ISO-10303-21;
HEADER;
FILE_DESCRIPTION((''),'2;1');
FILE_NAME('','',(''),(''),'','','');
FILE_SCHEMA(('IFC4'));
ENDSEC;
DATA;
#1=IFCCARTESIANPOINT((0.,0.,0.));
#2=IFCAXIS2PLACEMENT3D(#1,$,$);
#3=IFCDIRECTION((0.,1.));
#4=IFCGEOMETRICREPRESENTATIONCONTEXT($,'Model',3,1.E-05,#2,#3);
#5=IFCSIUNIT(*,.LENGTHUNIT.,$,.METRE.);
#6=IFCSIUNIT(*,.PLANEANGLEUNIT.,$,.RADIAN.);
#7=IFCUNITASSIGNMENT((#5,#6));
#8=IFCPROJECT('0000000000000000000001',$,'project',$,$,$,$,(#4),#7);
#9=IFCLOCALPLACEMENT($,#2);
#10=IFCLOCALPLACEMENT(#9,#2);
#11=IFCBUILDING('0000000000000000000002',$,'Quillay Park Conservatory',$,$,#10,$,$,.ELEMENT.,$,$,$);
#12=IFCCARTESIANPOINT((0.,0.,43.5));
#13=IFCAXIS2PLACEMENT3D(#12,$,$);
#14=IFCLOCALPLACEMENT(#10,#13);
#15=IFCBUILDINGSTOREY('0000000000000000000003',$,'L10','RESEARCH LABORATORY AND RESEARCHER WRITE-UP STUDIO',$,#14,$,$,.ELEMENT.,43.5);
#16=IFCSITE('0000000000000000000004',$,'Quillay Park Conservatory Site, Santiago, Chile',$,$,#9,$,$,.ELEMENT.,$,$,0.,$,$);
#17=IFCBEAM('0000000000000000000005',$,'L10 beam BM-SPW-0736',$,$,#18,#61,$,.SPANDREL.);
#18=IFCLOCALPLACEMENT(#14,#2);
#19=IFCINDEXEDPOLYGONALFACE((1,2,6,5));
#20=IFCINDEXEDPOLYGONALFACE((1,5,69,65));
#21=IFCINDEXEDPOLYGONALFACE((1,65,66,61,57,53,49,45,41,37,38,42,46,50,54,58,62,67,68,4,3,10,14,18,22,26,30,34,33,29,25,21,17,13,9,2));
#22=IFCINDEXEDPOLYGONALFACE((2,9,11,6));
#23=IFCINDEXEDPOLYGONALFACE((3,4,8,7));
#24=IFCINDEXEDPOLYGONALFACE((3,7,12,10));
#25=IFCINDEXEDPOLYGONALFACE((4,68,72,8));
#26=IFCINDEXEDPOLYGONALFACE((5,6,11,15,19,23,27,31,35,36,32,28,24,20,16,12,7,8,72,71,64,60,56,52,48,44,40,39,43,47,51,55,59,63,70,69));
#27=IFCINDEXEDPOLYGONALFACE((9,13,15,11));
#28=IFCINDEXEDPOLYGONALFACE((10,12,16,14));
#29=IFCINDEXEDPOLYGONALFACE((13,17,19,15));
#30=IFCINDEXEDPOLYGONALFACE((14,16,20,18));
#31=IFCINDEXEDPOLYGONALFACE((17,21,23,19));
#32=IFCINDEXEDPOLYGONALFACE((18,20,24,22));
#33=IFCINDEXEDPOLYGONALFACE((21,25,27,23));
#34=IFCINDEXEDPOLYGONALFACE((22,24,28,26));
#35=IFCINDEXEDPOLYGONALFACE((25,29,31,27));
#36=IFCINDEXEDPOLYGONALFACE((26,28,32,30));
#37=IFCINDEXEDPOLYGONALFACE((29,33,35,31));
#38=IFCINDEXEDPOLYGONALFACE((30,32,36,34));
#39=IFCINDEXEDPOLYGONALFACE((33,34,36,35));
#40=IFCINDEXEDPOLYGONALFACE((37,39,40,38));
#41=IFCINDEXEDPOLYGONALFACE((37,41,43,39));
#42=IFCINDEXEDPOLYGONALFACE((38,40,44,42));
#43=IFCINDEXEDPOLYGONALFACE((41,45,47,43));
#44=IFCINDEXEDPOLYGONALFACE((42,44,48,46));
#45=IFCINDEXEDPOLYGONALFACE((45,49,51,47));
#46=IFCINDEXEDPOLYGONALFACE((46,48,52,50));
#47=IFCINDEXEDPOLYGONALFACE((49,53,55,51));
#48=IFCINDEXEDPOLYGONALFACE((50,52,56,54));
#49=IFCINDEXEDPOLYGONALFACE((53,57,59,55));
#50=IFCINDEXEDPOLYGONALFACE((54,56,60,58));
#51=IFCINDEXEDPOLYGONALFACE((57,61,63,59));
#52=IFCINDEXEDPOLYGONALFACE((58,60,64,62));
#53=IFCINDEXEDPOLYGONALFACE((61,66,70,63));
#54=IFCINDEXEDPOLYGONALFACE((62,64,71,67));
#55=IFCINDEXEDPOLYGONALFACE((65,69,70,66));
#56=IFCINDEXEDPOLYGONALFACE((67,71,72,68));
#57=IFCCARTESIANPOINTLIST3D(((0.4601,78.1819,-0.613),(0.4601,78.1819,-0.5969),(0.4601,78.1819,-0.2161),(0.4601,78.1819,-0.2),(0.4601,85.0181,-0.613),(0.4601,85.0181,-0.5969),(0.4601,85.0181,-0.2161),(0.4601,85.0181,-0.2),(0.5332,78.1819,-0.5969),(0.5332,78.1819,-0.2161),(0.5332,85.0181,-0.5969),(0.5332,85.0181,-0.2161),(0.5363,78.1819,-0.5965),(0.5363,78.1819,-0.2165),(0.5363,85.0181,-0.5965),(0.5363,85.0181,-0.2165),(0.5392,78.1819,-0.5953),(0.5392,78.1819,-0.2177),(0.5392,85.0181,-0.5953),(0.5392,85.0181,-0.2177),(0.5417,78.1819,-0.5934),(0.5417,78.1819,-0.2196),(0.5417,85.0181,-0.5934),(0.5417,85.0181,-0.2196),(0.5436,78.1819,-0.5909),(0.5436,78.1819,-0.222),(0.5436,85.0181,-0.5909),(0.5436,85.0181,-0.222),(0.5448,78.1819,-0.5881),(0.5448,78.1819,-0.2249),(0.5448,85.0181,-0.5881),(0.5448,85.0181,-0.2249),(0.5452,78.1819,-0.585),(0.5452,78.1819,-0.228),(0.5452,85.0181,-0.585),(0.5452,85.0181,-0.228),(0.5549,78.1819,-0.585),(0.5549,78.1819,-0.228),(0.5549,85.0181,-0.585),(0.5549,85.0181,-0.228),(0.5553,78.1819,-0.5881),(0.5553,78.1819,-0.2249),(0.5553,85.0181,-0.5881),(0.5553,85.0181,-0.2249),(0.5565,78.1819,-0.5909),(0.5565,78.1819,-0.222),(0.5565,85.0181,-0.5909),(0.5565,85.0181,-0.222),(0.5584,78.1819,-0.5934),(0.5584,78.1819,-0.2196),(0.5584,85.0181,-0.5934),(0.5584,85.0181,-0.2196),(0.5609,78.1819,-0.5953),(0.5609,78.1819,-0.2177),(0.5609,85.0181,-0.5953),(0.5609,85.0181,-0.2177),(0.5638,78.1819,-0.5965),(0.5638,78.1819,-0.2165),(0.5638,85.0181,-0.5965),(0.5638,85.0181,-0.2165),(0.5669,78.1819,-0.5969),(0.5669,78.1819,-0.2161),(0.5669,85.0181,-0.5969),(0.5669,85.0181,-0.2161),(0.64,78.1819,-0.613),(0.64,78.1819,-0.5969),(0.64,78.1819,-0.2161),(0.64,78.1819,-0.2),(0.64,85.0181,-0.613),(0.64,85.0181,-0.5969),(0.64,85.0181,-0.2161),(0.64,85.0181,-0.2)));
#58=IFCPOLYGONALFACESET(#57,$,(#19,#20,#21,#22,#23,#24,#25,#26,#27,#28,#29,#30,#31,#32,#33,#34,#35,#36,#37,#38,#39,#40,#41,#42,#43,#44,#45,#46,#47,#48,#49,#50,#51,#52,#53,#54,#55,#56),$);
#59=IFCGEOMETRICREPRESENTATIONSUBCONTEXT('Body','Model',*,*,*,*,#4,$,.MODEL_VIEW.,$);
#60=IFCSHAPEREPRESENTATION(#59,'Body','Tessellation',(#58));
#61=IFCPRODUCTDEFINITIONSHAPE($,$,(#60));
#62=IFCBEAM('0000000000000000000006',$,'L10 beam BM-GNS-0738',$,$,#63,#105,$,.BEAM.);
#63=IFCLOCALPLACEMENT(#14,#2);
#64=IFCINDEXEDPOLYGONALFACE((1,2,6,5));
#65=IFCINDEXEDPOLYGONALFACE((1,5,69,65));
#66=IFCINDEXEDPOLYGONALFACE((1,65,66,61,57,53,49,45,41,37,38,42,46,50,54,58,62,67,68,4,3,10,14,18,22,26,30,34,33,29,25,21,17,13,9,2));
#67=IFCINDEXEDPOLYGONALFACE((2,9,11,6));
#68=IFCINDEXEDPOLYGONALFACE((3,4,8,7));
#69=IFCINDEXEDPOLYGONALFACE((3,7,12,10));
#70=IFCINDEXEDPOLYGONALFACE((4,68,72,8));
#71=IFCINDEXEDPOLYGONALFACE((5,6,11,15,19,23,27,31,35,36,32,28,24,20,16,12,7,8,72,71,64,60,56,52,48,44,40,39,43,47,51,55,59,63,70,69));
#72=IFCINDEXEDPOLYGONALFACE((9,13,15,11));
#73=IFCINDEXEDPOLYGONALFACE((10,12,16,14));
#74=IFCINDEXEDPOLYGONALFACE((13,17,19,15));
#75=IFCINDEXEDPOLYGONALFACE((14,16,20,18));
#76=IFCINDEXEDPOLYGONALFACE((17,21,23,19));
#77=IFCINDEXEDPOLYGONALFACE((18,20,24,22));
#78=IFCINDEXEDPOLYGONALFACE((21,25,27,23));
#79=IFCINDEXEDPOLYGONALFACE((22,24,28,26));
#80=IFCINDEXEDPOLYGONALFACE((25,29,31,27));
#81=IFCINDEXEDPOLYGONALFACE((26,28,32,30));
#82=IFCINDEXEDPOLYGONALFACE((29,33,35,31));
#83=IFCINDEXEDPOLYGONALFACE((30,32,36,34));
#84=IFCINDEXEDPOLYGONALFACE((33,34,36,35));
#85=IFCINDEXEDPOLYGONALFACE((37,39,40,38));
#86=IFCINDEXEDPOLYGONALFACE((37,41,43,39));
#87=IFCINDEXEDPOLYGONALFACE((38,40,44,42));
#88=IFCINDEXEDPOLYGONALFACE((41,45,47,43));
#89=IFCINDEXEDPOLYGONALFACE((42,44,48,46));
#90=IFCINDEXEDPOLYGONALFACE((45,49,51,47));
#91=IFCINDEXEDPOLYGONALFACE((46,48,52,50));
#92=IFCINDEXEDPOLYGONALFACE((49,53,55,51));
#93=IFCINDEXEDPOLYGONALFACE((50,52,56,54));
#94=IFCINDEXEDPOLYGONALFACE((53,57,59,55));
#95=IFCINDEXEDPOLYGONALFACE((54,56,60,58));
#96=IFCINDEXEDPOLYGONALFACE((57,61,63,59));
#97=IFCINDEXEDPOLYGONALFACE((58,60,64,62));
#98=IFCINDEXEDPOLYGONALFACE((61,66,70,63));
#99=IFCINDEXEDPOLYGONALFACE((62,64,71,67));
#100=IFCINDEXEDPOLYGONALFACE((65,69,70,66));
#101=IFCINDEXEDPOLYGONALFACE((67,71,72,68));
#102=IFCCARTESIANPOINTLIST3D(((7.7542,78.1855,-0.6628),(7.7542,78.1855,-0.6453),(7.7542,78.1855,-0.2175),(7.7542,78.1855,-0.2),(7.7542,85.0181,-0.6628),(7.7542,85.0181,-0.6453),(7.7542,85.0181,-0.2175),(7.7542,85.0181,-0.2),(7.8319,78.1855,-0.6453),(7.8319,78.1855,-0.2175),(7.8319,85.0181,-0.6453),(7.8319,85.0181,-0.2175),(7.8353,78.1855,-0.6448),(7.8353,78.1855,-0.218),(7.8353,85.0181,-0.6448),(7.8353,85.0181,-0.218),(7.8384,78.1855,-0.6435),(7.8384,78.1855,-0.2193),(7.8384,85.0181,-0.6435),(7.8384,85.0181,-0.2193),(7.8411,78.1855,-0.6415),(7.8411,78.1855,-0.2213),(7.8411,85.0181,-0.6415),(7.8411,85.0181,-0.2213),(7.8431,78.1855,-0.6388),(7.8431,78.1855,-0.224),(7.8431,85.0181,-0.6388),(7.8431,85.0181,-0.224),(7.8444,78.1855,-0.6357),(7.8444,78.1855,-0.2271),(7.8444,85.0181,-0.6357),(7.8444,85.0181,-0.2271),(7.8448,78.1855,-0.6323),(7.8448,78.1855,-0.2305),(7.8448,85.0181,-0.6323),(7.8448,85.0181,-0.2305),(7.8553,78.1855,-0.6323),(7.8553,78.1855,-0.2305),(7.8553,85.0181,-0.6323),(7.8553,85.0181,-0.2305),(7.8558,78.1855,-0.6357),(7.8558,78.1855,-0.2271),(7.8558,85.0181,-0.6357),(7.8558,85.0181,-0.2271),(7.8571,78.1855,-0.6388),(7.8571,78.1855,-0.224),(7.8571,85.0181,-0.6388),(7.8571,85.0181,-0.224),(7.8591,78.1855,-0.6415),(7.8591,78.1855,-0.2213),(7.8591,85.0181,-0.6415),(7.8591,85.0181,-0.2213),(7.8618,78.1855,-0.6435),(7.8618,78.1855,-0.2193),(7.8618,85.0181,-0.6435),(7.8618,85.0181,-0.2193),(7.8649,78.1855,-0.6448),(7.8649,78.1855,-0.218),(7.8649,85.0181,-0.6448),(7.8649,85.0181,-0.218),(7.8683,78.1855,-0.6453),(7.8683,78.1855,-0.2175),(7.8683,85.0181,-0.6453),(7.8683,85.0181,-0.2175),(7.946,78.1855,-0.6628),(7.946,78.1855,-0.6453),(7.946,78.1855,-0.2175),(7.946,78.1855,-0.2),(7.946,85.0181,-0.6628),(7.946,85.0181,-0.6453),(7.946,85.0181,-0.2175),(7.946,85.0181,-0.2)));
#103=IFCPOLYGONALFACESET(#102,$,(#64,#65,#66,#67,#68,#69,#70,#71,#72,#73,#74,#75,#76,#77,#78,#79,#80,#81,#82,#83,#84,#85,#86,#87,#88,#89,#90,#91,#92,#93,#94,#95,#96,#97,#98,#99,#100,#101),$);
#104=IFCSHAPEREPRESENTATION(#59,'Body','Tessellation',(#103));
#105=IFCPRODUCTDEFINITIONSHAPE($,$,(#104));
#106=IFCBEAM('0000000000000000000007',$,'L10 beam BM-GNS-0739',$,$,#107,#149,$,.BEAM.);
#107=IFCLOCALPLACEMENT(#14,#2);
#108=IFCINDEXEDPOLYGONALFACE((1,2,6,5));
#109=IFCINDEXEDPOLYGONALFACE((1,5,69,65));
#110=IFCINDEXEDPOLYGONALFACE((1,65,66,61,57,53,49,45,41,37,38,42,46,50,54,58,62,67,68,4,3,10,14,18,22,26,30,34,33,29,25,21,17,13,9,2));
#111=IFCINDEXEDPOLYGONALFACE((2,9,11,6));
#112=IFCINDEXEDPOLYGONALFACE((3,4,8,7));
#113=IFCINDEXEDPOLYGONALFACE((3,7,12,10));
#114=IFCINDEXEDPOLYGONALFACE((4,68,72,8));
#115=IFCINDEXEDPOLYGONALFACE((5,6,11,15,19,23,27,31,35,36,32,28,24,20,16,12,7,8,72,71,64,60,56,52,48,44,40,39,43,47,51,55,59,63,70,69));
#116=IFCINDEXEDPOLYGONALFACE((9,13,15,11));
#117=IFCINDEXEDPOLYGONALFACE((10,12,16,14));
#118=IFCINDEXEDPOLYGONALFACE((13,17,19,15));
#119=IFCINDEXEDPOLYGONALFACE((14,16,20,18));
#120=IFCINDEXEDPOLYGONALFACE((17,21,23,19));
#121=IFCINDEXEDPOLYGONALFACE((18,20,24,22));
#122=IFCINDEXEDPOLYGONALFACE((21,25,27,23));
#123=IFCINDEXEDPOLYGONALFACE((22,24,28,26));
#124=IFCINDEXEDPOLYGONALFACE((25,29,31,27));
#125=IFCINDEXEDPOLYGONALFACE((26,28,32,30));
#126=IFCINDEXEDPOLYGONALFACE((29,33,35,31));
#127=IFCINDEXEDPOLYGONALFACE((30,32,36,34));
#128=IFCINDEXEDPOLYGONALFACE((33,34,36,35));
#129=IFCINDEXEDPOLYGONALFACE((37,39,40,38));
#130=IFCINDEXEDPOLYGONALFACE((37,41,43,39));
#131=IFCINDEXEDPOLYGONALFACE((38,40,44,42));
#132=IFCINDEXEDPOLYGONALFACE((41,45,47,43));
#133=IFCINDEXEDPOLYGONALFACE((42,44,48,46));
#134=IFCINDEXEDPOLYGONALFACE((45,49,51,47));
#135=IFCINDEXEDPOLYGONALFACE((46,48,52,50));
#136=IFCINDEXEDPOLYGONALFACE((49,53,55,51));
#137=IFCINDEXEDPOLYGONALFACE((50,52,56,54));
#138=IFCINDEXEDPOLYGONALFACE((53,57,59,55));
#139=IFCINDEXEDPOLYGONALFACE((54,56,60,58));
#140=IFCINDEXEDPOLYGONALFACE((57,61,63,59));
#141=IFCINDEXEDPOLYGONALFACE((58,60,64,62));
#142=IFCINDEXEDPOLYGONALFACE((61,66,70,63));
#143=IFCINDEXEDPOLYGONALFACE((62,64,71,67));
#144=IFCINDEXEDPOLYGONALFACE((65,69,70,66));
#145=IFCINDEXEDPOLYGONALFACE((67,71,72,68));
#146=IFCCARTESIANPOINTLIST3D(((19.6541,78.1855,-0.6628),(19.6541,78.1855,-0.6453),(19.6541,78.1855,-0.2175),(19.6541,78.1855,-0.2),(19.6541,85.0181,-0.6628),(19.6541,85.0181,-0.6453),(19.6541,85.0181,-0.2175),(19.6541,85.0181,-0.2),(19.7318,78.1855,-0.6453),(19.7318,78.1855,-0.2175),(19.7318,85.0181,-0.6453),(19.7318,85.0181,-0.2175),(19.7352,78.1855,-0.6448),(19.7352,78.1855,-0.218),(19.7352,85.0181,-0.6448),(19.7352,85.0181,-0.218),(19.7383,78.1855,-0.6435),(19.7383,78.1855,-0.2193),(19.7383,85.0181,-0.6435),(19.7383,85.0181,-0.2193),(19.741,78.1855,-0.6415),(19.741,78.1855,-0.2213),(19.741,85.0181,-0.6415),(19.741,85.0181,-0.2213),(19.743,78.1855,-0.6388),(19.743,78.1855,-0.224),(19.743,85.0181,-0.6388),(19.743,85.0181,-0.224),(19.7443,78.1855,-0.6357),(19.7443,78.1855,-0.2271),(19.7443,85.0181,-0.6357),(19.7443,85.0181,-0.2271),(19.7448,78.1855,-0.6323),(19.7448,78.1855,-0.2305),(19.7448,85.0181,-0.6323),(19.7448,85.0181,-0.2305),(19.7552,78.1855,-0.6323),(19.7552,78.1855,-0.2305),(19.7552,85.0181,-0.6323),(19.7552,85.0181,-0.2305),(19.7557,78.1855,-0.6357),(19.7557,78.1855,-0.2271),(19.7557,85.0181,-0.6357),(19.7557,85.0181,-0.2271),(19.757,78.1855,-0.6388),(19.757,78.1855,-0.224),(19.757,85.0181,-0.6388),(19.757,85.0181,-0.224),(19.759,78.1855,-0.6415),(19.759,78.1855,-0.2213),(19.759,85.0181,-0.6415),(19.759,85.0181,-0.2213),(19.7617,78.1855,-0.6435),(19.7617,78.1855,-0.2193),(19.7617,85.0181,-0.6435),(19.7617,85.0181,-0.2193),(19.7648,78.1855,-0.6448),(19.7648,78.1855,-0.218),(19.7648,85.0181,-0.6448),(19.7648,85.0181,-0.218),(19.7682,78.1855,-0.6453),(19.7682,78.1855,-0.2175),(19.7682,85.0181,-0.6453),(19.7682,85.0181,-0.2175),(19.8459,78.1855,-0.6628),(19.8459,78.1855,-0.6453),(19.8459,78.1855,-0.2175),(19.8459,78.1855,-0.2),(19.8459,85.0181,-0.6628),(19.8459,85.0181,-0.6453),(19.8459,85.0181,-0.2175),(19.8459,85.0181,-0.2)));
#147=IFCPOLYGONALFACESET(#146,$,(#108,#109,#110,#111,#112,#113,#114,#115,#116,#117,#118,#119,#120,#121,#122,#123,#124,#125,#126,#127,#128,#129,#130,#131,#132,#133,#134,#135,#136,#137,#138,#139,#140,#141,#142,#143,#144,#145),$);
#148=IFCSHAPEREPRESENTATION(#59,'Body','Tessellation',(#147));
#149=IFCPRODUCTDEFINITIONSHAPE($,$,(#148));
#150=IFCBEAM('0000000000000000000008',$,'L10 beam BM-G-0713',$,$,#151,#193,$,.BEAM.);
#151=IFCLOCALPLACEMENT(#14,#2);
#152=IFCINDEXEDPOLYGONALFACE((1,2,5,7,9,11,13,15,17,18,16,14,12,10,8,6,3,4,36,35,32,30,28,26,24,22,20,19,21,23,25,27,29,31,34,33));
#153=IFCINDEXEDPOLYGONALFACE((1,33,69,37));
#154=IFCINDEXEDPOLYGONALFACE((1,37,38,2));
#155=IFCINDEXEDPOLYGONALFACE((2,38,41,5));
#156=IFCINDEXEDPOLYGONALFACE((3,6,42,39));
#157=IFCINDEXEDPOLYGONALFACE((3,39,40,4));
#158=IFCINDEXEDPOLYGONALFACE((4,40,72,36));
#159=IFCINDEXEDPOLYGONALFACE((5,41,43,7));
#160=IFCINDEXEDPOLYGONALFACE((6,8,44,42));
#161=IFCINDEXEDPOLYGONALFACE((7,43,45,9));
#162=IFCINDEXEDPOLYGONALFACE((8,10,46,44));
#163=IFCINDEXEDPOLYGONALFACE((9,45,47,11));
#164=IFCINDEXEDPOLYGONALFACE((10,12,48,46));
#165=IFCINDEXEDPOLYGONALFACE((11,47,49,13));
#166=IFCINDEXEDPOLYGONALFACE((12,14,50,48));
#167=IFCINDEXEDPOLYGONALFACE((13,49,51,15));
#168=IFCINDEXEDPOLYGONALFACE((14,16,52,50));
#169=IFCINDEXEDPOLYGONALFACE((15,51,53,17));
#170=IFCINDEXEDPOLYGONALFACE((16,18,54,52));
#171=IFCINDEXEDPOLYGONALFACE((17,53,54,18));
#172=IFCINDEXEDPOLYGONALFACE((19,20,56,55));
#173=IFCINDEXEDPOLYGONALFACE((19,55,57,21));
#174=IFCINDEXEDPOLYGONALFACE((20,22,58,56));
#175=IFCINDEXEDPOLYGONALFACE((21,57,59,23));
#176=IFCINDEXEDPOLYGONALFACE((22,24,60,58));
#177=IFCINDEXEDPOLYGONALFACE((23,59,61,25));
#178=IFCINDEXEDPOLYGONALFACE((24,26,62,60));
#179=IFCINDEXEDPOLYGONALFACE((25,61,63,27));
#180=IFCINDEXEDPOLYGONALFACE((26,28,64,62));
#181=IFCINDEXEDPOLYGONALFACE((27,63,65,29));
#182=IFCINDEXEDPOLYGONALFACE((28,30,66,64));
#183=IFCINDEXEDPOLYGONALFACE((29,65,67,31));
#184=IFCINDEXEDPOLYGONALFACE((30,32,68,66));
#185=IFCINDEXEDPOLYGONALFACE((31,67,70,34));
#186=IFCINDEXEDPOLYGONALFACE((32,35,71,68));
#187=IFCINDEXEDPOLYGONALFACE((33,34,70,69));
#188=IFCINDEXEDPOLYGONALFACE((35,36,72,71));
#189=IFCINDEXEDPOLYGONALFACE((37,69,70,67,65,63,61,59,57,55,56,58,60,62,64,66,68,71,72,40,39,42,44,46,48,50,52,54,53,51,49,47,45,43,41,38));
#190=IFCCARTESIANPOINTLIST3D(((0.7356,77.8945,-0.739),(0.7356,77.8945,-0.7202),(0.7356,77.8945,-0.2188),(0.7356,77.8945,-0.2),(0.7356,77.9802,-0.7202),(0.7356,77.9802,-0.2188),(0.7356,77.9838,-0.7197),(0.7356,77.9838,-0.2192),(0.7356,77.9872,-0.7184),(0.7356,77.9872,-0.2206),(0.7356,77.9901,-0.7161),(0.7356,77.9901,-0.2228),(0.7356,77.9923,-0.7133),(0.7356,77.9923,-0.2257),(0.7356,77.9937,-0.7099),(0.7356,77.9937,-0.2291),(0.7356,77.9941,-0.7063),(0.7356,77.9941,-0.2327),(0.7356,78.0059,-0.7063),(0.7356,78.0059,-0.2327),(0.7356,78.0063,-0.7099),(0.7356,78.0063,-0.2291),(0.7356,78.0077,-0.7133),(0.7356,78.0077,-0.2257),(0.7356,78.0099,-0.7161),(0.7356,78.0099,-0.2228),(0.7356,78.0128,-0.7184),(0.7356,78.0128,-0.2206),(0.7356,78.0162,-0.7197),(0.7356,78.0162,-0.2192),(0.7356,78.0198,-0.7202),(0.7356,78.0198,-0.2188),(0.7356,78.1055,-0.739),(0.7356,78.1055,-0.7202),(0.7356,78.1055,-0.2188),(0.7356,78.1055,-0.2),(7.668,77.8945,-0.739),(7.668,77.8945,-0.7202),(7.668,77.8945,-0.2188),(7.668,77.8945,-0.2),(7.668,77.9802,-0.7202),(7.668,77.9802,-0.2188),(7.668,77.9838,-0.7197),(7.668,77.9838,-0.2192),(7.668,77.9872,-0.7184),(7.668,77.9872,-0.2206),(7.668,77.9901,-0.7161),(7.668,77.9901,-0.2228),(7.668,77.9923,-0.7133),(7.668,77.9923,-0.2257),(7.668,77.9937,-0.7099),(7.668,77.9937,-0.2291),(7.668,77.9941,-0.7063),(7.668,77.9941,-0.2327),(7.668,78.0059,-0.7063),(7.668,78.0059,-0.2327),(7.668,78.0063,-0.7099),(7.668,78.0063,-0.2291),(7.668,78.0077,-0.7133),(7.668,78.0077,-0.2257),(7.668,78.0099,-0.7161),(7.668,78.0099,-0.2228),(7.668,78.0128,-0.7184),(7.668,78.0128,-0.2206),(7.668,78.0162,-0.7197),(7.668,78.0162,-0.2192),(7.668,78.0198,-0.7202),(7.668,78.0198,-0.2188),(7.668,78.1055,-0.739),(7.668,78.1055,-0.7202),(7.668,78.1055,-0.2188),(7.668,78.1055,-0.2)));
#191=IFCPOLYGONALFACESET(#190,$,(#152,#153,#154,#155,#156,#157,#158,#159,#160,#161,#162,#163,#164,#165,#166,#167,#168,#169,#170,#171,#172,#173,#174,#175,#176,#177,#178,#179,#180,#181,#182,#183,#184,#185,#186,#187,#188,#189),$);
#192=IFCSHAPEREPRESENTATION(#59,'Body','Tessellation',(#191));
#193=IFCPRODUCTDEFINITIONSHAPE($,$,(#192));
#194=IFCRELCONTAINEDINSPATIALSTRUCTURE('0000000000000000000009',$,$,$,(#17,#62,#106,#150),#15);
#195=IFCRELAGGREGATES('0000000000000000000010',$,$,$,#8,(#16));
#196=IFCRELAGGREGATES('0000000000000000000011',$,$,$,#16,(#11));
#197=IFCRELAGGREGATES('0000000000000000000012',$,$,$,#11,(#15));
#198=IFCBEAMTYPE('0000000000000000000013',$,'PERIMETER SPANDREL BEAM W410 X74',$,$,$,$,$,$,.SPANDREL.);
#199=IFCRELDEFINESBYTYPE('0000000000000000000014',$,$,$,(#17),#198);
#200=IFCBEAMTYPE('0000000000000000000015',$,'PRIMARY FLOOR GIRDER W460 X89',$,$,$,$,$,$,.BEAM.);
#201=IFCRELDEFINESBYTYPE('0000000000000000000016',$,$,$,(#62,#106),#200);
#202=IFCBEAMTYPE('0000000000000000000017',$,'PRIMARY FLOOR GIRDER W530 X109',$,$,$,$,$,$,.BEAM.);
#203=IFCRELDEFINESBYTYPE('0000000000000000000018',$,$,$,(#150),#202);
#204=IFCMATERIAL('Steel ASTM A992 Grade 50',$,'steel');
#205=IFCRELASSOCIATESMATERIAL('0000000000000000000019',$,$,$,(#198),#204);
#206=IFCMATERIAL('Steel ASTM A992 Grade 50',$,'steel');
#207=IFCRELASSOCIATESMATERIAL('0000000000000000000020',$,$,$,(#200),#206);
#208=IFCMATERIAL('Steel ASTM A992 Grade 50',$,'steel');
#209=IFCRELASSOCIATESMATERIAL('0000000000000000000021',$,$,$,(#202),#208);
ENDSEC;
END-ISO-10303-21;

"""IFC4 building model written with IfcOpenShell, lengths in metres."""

from ifc_helpers import new_model, si_unit, direction, frame, origin, origin_2d, place, context, subcontext, project, spatial, i_section, extrude, material, material_profile, profile_set, type_object, element, save


model = new_model("IFC4")

# Units and contexts
model_context = context("Model", 3, precision=1e-05, world=origin(), true_north=direction((0.0, 1.0)))
body_context = subcontext(model_context, "Body", "Model", "MODEL_VIEW")
ifc_project = project(units=[si_unit("LENGTHUNIT", "METRE"), si_unit("PLANEANGLEUNIT", "RADIAN")], contexts=[model_context])

# Site, building, storey
site_placement = place(None, origin())
site = spatial("IfcSite", under=ifc_project, at=site_placement, Name="Quillay Park Conservatory Site, Santiago, Chile", CompositionType="ELEMENT", RefElevation=0.0)
building_placement = place(site_placement, origin())
building = spatial("IfcBuilding", under=site, at=building_placement, Name="Quillay Park Conservatory", CompositionType="ELEMENT")
storey_placement = place(building_placement, frame((0.0, 0.0, 43.5)))
storey = spatial("IfcBuildingStorey", under=building, at=storey_placement, Name="L10", Description="RESEARCH LABORATORY AND RESEARCHER WRITE-UP STUDIO", CompositionType="ELEMENT", Elevation=43.5)

# Beams
ifc_material_1 = material(Name="Steel ASTM A992 Grade 50", Category="steel")
ifc_material_profile_1 = material_profile(ifc_material_1, i_section(OverallWidth=0.1799, OverallDepth=0.4131, WebThickness=0.0098, FlangeThickness=0.0161, FilletRadius=0.012, at=origin_2d()), Name="W410x74")
ifc_profile_set_1 = profile_set([ifc_material_profile_1], Name="Steel ASTM A992 Grade 50")
beam_type_1 = type_object("IfcBeamType", Name="PERIMETER SPANDREL BEAM W410 X74", PredefinedType="SPANDREL", material=ifc_profile_set_1)
beam_1_placement = place(storey_placement, frame((0.55, 78.1819, -0.4065), z_axis=(0.0, 1.0, 0.0), x_axis=(-1.0, 0.0, 0.0)))
element("IfcBeam", 1, at=beam_1_placement, inside=storey, type_object=beam_type_1, Name="L10 beam BM-SPW-0736", PredefinedType="SPANDREL", context=body_context, shape_type="SweptSolid", body=[
    extrude(i_section(OverallWidth=0.1799, OverallDepth=0.4131, WebThickness=0.0098, FlangeThickness=0.0161, FilletRadius=0.012, at=origin_2d()), origin(), (0.0, 0.0, 1.0), 6.8362),
])
ifc_material_2 = material(Name="Steel ASTM A992 Grade 50", Category="steel")
ifc_material_profile_2 = material_profile(ifc_material_2, i_section(OverallWidth=0.1919, OverallDepth=0.4629, WebThickness=0.0105, FlangeThickness=0.0176, FilletRadius=0.0129, at=origin_2d()), Name="W460x89")
ifc_profile_set_2 = profile_set([ifc_material_profile_2], Name="Steel ASTM A992 Grade 50")
beam_type_2 = type_object("IfcBeamType", Name="PRIMARY FLOOR GIRDER W460 X89", PredefinedType="BEAM", material=ifc_profile_set_2)
for number, where, z_axis, x_axis, name in (
    (2, (7.8501, 78.1855, -0.4314), (0.0, 1.0, 0.0), (-1.0, 0.0, 0.0), "L10 beam BM-GNS-0738"),
    (3, (19.75, 78.1855, -0.4314), (0.0, 1.0, 0.0), (-1.0, 0.0, 0.0), "L10 beam BM-GNS-0739"),
):
    element("IfcBeam", number, at=place(storey_placement, frame(where, z_axis=z_axis, x_axis=x_axis)), inside=storey, type_object=beam_type_2, Name=name, PredefinedType="BEAM", context=body_context, shape_type="SweptSolid", body=[
        extrude(i_section(OverallWidth=0.1919, OverallDepth=0.4629, WebThickness=0.0105, FlangeThickness=0.0176, FilletRadius=0.0129, at=origin_2d()), origin(), (0.0, 0.0, 1.0), 6.8325),
    ])
ifc_material_3 = material(Name="Steel ASTM A992 Grade 50", Category="steel")
ifc_material_profile_3 = material_profile(ifc_material_3, i_section(OverallWidth=0.2109, OverallDepth=0.5391, WebThickness=0.0117, FlangeThickness=0.0188, FilletRadius=0.0139, at=origin_2d()), Name="W530x109")
ifc_profile_set_3 = profile_set([ifc_material_profile_3], Name="Steel ASTM A992 Grade 50")
beam_type_3 = type_object("IfcBeamType", Name="PRIMARY FLOOR GIRDER W530 X109", PredefinedType="BEAM", material=ifc_profile_set_3)
beam_2_placement = place(storey_placement, frame((0.7356, 78.0, -0.4695), z_axis=(1.0, 0.0, 0.0), x_axis=(0.0, 1.0, 0.0)))
element("IfcBeam", 4, at=beam_2_placement, inside=storey, type_object=beam_type_3, Name="L10 beam BM-G-0713", PredefinedType="BEAM", context=body_context, shape_type="SweptSolid", body=[
    extrude(i_section(OverallWidth=0.2109, OverallDepth=0.5391, WebThickness=0.0117, FlangeThickness=0.0188, FilletRadius=0.0139, at=origin_2d()), origin(), (0.0, 0.0, 1.0), 6.9324),
])

save(model, "model.ifc")
